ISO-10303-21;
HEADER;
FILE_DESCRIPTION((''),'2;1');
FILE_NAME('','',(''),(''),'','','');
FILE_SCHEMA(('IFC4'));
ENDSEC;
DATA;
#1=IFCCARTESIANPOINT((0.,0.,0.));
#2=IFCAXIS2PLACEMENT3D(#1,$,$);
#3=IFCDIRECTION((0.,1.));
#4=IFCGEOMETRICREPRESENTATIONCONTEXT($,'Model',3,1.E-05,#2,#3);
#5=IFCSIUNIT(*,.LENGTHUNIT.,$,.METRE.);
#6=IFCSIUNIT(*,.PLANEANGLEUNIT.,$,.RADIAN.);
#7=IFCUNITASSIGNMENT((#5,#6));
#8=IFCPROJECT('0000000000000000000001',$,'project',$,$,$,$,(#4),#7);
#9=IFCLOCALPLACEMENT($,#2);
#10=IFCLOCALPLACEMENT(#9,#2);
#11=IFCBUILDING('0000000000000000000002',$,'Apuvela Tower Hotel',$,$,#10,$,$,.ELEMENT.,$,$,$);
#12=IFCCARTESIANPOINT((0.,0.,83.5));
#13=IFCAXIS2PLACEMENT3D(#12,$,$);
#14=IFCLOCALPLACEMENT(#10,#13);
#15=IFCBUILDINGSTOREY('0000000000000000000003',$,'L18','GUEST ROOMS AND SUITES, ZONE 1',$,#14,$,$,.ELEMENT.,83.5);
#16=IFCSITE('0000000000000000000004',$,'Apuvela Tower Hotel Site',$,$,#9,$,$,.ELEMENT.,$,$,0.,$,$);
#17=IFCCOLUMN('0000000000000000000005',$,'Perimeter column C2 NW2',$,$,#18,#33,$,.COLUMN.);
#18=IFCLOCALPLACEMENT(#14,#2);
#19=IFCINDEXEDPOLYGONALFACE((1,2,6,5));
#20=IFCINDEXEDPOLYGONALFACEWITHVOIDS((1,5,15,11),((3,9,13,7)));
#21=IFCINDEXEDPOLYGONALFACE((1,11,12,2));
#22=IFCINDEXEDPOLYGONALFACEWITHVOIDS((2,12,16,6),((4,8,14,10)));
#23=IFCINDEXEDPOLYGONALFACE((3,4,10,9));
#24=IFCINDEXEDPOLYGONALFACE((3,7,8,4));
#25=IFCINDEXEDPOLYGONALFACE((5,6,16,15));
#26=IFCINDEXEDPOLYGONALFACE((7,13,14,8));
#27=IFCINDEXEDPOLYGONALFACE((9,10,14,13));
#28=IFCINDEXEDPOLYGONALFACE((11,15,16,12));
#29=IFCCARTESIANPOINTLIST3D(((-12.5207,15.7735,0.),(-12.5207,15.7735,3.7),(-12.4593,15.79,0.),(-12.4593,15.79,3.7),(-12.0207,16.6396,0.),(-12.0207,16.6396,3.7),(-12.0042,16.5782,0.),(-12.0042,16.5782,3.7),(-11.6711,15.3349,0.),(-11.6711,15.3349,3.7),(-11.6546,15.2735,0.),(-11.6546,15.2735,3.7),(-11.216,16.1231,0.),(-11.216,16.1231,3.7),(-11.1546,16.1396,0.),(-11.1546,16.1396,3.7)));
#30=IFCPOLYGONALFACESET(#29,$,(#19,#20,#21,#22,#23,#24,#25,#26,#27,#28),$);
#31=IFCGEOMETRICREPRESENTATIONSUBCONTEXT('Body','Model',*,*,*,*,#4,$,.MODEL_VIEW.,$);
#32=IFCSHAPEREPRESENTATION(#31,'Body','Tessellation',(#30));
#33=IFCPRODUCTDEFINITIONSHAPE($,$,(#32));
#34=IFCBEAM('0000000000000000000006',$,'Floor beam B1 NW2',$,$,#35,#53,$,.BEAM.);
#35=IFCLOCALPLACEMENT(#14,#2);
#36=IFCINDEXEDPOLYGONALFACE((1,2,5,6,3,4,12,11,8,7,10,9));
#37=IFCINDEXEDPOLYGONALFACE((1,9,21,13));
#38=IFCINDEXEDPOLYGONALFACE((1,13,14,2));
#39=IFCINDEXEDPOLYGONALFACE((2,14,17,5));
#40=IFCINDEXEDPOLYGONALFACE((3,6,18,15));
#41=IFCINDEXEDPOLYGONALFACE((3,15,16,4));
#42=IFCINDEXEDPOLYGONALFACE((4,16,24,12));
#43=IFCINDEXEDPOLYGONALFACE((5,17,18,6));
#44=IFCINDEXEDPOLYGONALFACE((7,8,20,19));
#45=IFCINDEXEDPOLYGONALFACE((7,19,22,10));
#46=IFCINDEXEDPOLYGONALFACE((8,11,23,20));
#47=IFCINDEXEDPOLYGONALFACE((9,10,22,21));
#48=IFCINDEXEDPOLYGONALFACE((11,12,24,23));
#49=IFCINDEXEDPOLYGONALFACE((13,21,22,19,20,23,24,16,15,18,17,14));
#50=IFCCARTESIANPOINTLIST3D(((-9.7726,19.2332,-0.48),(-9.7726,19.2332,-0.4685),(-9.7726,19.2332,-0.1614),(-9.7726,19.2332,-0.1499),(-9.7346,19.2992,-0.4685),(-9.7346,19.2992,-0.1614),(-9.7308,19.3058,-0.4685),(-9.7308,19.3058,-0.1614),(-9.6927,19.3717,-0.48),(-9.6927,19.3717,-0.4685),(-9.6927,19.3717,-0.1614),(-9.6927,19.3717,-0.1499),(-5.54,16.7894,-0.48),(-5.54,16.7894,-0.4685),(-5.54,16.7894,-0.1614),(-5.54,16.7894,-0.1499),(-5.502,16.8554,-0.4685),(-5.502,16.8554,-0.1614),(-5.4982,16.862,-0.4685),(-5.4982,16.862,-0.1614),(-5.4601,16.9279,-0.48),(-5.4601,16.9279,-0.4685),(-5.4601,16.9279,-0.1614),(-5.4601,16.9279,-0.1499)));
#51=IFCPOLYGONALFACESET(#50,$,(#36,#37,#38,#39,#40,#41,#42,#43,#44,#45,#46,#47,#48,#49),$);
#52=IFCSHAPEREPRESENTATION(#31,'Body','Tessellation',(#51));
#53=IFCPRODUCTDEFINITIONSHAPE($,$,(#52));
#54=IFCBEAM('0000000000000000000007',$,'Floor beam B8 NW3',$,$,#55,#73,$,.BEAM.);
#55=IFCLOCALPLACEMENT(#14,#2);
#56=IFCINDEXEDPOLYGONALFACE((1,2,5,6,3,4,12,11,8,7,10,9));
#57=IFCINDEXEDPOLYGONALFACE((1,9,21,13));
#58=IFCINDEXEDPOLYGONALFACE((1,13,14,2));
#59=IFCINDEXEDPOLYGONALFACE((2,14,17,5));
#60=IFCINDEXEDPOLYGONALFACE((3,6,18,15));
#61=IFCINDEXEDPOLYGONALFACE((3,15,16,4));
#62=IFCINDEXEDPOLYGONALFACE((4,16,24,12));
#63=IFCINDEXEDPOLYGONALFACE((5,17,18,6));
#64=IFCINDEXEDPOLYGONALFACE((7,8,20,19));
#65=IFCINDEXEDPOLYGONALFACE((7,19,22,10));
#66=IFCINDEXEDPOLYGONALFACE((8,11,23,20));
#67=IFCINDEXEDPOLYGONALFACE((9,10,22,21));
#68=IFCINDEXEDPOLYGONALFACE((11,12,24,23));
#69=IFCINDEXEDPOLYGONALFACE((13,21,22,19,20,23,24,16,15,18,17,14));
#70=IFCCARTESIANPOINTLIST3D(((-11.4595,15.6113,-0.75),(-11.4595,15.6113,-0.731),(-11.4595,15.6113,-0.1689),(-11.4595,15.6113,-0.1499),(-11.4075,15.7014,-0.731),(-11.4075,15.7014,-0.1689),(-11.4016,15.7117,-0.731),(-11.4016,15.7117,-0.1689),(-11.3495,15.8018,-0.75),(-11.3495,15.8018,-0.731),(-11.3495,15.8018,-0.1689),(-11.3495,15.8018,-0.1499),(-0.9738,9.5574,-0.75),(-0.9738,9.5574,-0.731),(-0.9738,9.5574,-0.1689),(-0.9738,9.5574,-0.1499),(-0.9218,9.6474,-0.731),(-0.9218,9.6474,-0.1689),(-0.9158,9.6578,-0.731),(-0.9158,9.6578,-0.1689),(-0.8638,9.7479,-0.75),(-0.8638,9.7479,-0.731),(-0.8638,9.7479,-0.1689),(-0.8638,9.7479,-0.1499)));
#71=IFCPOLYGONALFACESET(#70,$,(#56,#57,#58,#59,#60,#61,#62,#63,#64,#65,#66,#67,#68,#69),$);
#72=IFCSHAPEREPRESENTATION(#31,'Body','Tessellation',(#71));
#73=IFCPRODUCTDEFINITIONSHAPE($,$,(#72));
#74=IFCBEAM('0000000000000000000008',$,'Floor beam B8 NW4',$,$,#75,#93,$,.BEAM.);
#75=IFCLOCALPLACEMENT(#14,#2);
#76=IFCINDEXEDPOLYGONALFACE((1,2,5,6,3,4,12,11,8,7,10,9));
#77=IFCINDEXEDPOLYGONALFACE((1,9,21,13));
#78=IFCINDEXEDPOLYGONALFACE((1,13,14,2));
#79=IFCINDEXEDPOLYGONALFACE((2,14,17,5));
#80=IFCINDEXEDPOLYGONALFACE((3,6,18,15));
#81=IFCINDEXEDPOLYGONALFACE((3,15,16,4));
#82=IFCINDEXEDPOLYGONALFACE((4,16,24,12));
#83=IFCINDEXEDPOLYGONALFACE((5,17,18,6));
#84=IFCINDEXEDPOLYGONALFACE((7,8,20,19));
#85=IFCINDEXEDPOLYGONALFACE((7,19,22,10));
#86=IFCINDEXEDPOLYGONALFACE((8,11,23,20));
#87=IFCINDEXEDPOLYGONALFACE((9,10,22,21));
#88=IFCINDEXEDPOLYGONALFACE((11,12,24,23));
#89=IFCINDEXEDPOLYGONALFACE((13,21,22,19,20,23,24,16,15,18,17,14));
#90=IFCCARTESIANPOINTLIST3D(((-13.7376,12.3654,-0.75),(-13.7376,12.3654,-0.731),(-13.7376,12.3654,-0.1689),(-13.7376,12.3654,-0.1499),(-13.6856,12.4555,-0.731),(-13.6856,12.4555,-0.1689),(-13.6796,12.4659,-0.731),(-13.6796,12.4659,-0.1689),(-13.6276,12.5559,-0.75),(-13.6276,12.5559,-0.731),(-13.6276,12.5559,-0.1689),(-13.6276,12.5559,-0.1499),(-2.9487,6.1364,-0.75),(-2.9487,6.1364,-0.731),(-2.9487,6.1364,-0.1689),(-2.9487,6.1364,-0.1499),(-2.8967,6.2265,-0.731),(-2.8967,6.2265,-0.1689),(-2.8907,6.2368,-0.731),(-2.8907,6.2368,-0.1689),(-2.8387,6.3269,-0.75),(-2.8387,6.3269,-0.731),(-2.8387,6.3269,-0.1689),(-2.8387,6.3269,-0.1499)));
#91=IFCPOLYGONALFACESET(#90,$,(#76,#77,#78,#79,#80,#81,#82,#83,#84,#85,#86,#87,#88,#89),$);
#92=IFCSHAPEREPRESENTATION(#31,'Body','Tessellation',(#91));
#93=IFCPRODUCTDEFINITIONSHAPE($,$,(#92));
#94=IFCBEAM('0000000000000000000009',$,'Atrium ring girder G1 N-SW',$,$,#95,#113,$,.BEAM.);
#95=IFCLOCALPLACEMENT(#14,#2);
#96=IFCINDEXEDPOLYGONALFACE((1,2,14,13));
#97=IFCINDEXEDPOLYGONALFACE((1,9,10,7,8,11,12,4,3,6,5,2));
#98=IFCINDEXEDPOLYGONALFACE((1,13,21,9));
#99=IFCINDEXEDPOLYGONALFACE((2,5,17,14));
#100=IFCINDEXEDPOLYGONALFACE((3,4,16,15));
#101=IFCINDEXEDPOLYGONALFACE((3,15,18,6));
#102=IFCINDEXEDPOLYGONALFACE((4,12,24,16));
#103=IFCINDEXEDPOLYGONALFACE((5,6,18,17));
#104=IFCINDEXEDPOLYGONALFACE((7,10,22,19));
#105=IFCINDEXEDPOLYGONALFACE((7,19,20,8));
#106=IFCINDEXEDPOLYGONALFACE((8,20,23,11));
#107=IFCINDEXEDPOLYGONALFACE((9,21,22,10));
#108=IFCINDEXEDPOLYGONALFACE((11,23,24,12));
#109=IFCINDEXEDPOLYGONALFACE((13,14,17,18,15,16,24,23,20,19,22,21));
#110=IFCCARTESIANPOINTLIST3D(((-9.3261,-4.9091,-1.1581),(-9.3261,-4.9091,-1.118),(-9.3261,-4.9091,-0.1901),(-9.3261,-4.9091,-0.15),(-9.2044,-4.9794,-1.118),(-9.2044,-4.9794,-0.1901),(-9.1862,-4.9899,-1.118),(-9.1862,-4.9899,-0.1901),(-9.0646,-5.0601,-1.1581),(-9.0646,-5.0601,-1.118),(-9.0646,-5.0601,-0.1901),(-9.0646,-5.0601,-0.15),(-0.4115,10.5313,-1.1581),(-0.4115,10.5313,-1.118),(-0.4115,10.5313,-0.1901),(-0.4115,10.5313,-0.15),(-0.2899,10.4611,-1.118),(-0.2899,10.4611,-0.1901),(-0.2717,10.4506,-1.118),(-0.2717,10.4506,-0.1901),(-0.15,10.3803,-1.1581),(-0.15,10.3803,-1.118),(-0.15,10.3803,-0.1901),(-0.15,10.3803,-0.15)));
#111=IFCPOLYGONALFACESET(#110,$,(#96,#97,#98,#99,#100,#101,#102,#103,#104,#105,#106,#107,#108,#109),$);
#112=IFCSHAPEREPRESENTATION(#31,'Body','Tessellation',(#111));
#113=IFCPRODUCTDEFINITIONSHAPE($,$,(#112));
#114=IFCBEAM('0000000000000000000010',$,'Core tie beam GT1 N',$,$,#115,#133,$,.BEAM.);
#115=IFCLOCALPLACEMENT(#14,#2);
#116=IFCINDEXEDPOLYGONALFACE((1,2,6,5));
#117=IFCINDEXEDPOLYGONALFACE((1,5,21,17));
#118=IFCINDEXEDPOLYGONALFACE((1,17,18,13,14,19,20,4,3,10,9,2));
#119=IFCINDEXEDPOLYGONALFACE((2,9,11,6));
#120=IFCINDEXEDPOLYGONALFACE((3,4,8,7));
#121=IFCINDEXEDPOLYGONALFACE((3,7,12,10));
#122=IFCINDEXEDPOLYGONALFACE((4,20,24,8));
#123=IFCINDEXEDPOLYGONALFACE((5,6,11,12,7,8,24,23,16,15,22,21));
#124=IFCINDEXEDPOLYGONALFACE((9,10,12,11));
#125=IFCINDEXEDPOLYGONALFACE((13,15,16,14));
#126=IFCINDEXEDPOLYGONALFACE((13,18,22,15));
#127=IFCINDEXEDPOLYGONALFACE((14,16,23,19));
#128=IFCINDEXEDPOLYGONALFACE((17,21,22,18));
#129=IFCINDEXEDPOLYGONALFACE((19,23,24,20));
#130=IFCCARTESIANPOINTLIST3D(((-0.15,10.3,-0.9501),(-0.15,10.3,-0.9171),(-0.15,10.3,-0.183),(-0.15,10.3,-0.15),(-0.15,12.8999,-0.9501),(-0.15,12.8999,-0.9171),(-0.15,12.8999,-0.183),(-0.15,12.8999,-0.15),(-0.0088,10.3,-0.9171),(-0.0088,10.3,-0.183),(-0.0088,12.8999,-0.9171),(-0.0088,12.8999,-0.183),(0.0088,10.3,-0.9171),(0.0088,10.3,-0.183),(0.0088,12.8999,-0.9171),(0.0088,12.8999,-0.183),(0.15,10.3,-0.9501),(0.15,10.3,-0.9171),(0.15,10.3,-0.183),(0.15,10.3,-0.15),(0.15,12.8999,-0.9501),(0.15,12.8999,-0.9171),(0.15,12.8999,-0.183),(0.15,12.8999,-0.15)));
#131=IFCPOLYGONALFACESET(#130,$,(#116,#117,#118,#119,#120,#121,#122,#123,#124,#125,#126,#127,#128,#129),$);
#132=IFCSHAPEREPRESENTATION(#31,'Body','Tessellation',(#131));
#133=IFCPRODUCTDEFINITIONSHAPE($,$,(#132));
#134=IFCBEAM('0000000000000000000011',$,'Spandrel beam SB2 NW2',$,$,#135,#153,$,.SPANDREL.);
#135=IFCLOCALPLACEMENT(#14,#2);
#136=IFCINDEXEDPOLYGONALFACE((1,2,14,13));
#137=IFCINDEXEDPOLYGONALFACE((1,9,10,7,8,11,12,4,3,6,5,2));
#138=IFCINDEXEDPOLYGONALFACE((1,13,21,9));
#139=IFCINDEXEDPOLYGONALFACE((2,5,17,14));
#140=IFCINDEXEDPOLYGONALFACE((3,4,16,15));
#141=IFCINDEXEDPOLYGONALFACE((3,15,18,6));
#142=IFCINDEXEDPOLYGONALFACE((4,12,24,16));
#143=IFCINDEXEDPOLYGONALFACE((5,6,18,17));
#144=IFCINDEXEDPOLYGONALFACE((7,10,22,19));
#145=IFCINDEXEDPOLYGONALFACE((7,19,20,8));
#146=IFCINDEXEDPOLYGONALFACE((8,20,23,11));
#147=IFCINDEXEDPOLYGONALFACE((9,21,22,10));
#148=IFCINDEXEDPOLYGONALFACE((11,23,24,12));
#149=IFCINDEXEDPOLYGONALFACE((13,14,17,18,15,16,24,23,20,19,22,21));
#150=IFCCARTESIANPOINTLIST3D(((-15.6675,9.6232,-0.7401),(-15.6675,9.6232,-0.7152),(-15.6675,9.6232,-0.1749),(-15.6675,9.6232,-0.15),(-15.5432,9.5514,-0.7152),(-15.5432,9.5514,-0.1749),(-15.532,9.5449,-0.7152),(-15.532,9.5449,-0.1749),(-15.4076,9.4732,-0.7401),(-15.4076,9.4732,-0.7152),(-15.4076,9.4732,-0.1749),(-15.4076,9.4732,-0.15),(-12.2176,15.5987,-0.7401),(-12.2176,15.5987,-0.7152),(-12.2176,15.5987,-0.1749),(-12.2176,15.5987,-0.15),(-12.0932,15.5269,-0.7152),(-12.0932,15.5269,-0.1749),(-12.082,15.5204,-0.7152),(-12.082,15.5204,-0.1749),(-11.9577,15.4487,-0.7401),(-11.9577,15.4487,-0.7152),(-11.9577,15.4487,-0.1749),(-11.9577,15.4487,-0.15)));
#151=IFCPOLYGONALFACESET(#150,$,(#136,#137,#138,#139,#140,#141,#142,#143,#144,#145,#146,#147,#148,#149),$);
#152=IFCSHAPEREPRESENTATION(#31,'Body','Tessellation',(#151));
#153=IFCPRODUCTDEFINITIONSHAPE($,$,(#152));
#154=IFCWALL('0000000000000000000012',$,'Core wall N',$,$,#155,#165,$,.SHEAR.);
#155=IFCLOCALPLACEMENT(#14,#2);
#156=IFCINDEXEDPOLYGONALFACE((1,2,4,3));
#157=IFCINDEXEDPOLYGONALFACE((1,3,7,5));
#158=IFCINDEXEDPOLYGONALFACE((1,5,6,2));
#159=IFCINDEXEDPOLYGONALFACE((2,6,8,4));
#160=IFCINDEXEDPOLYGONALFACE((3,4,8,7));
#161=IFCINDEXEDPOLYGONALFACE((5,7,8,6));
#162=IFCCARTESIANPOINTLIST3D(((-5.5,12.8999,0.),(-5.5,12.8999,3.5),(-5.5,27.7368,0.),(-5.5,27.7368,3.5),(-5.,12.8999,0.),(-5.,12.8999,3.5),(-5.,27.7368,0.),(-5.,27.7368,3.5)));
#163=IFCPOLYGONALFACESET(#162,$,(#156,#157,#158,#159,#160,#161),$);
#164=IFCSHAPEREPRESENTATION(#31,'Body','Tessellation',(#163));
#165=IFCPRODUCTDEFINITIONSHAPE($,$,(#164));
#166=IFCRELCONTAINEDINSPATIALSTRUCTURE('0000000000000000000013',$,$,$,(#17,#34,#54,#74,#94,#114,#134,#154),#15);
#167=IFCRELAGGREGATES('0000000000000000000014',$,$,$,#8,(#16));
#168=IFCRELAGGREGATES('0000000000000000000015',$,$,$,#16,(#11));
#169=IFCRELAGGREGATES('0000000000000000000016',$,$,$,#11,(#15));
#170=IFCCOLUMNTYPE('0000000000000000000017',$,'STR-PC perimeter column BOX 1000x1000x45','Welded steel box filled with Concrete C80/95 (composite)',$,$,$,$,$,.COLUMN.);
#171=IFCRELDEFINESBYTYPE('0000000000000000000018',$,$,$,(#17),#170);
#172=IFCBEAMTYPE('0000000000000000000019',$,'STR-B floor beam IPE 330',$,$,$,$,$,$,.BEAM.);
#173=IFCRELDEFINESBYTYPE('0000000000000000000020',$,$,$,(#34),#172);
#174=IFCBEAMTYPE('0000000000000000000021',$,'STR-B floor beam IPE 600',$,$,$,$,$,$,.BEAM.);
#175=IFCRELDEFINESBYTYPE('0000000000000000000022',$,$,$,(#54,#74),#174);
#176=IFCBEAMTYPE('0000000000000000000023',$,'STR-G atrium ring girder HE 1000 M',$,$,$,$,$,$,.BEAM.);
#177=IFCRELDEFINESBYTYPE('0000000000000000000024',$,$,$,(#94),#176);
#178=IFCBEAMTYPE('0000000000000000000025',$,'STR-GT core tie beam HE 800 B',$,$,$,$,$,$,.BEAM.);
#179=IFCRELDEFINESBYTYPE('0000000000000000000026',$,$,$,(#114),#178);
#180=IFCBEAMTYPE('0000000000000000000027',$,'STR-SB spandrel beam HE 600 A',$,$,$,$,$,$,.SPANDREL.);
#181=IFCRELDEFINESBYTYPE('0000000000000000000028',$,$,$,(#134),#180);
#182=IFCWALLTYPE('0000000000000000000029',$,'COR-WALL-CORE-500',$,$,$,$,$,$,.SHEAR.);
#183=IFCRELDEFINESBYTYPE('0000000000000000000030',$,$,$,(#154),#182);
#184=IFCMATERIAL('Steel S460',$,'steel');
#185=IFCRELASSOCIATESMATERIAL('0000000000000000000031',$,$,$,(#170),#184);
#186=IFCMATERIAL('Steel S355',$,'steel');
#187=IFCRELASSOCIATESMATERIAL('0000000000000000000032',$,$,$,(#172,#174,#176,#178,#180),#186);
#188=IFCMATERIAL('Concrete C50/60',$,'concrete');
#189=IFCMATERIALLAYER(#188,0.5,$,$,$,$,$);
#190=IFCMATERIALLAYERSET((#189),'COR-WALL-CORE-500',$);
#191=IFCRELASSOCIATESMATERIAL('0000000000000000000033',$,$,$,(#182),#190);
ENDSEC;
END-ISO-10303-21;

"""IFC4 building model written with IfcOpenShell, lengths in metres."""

from ifc_helpers import new_model, si_unit, direction, frame, frame_2d, origin, origin_2d, place, context, subcontext, project, spatial, rectangle, hollow_rectangle, i_section, extrude, material, layer, layer_set, material_profile, profile_set, type_object, element, save


model = new_model("IFC4")

# Units and contexts
model_context = context("Model", 3, precision=1e-05, world=origin(), true_north=direction((0.0, 1.0)))
body_context = subcontext(model_context, "Body", "Model", "MODEL_VIEW")
ifc_project = project(units=[si_unit("LENGTHUNIT", "METRE"), si_unit("PLANEANGLEUNIT", "RADIAN")], contexts=[model_context])

# Site, building, storey
site_placement = place(None, origin())
site = spatial("IfcSite", under=ifc_project, at=site_placement, Name="Apuvela Tower Hotel Site", CompositionType="ELEMENT", RefElevation=0.0)
building_placement = place(site_placement, origin())
building = spatial("IfcBuilding", under=site, at=building_placement, Name="Apuvela Tower Hotel", CompositionType="ELEMENT")
storey_placement = place(building_placement, frame((0.0, 0.0, 83.5)))
storey = spatial("IfcBuildingStorey", under=building, at=storey_placement, Name="L18", Description="GUEST ROOMS AND SUITES, ZONE 1", CompositionType="ELEMENT", Elevation=83.5)

# Column
ifc_material_1 = material(Name="Steel S460", Category="steel")
ifc_material_profile_1 = material_profile(ifc_material_1, hollow_rectangle(XDim=1.0, YDim=1.0, WallThickness=0.0449, at=origin_2d()), Name="BOX 1000x1000x45")
ifc_material_2 = material(Name="Concrete C80/95", Category="concrete")
ifc_material_profile_2 = material_profile(ifc_material_2, rectangle(XDim=0.9099, YDim=0.9099, at=origin_2d()), Name="Concrete C80/95 infill")
ifc_profile_set_1 = profile_set([ifc_material_profile_1, ifc_material_profile_2], Name="Steel S460")
column_type = type_object("IfcColumnType", Name="STR-PC perimeter column BOX 1000x1000x45", Description="Welded steel box filled with Concrete C80/95 (composite)", PredefinedType="COLUMN", material=ifc_profile_set_1)
column_placement = place(storey_placement, frame((-11.8376, 15.9565, 0.0), z_axis=(0.0, 0.0, 1.0), x_axis=(0.5, 0.866025, 0.0)))
element("IfcColumn", 1, at=column_placement, inside=storey, type_object=column_type, Name="Perimeter column C2 NW2", PredefinedType="COLUMN", context=body_context, shape_type="SweptSolid", body=[
    extrude(hollow_rectangle(XDim=1.0, YDim=1.0, WallThickness=0.0449, at=origin_2d()), origin(), (0.0, 0.0, 1.0), 3.7),
])

# Beams
ifc_material_3 = material(Name="Steel S355", Category="steel")
ifc_material_profile_3 = material_profile(ifc_material_3, i_section(OverallWidth=0.1599, OverallDepth=0.3301, WebThickness=0.0076, FlangeThickness=0.0115, at=origin_2d()), Name="IPE 330")
ifc_profile_set_2 = profile_set([ifc_material_profile_3], Name="Steel S355")
beam_type_1 = type_object("IfcBeamType", Name="STR-B floor beam IPE 330", PredefinedType="BEAM", material=ifc_profile_set_2)
beam_1_placement = place(storey_placement, frame((-9.7327, 19.3025, -0.3149), z_axis=(0.866015, -0.500018, 0.0), x_axis=(0.500018, 0.866015, 0.0)))
element("IfcBeam", 2, at=beam_1_placement, inside=storey, type_object=beam_type_1, Name="Floor beam B1 NW2", PredefinedType="BEAM", context=body_context, shape_type="SweptSolid", body=[
    extrude(i_section(OverallWidth=0.1599, OverallDepth=0.3301, WebThickness=0.0076, FlangeThickness=0.0115, at=origin_2d()), origin(), (0.0, 0.0, 1.0), 4.8875),
])
ifc_material_profile_4 = material_profile(ifc_material_3, i_section(OverallWidth=0.22, OverallDepth=0.6001, WebThickness=0.012, FlangeThickness=0.019, at=origin_2d()), Name="IPE 600")
ifc_profile_set_3 = profile_set([ifc_material_profile_4], Name="Steel S355")
beam_type_2 = type_object("IfcBeamType", Name="STR-B floor beam IPE 600", PredefinedType="BEAM", material=ifc_profile_set_3)
beam_2_placement = place(storey_placement, frame((-11.4045, 15.7065, -0.45), z_axis=(0.866027, -0.499997, 0.0), x_axis=(0.499997, 0.866027, 0.0)))
element("IfcBeam", 3, at=beam_2_placement, inside=storey, type_object=beam_type_2, Name="Floor beam B8 NW3", PredefinedType="BEAM", context=body_context, shape_type="SweptSolid", body=[
    extrude(i_section(OverallWidth=0.22, OverallDepth=0.6001, WebThickness=0.012, FlangeThickness=0.019, at=origin_2d()), origin(), (0.0, 0.0, 1.0), 12.1079),
])
beam_3_placement = place(storey_placement, frame((-13.6826, 12.4607, -0.45), z_axis=(0.866023, -0.500005, 0.0), x_axis=(0.500005, 0.866023, 0.0)))
element("IfcBeam", 4, at=beam_3_placement, inside=storey, type_object=beam_type_2, Name="Floor beam B8 NW4", PredefinedType="BEAM", context=body_context, shape_type="SweptSolid", body=[
    extrude(i_section(OverallWidth=0.22, OverallDepth=0.6001, WebThickness=0.012, FlangeThickness=0.019, at=origin_2d()), origin(), (0.0, 0.0, 1.0), 12.458),
])
ifc_material_profile_5 = material_profile(ifc_material_3, i_section(OverallWidth=0.302, OverallDepth=1.0081, WebThickness=0.021, FlangeThickness=0.04, at=origin_2d()), Name="HE 1000 M")
ifc_profile_set_4 = profile_set([ifc_material_profile_5], Name="Steel S355")
beam_type_3 = type_object("IfcBeamType", Name="STR-G atrium ring girder HE 1000 M", PredefinedType="BEAM", material=ifc_profile_set_4)
beam_4_placement = place(storey_placement, frame((-0.2808, 10.4558, -0.6541), z_axis=(-0.500001, -0.866025, 0.0), x_axis=(0.866025, -0.500001, 0.0)))
element("IfcBeam", 5, at=beam_4_placement, inside=storey, type_object=beam_type_3, Name="Atrium ring girder G1 N-SW", PredefinedType="BEAM", context=body_context, shape_type="SweptSolid", body=[
    extrude(i_section(OverallWidth=0.302, OverallDepth=1.0081, WebThickness=0.021, FlangeThickness=0.04, at=origin_2d()), origin(), (0.0, 0.0, 1.0), 17.8291),
])
ifc_material_profile_6 = material_profile(ifc_material_3, i_section(OverallWidth=0.3, OverallDepth=0.8, WebThickness=0.0176, FlangeThickness=0.033, at=origin_2d()), Name="HE 800 B")
ifc_profile_set_5 = profile_set([ifc_material_profile_6], Name="Steel S355")
beam_type_4 = type_object("IfcBeamType", Name="STR-GT core tie beam HE 800 B", PredefinedType="BEAM", material=ifc_profile_set_5)
beam_5_placement = place(storey_placement, frame((0.0, 12.8999, -0.55), z_axis=(0.0, -1.0, 0.0), x_axis=(1.0, 0.0, 0.0)))
element("IfcBeam", 6, at=beam_5_placement, inside=storey, type_object=beam_type_4, Name="Core tie beam GT1 N", PredefinedType="BEAM", context=body_context, shape_type="SweptSolid", body=[
    extrude(i_section(OverallWidth=0.3, OverallDepth=0.8, WebThickness=0.0176, FlangeThickness=0.033, at=origin_2d()), origin(), (0.0, 0.0, 1.0), 2.5999),
])
ifc_material_profile_7 = material_profile(ifc_material_3, i_section(OverallWidth=0.3, OverallDepth=0.5901, WebThickness=0.0129, FlangeThickness=0.0249, at=origin_2d()), Name="HE 600 A")
ifc_profile_set_6 = profile_set([ifc_material_profile_7], Name="Steel S355")
beam_type_5 = type_object("IfcBeamType", Name="STR-SB spandrel beam HE 600 A", PredefinedType="SPANDREL", material=ifc_profile_set_6)
beam_6_placement = place(storey_placement, frame((-12.0876, 15.5237, -0.4451), z_axis=(-0.499994, -0.866029, 0.0), x_axis=(0.866029, -0.499994, 0.0)))
element("IfcBeam", 7, at=beam_6_placement, inside=storey, type_object=beam_type_5, Name="Spandrel beam SB2 NW2", PredefinedType="SPANDREL", context=body_context, shape_type="SweptSolid", body=[
    extrude(i_section(OverallWidth=0.3, OverallDepth=0.5901, WebThickness=0.0129, FlangeThickness=0.0249, at=origin_2d()), origin(), (0.0, 0.0, 1.0), 6.8999),
])

# Wall
ifc_material_4 = material(Name="Concrete C50/60", Category="concrete")
ifc_layer_1 = layer(ifc_material_4, 0.5)
ifc_layer_set_1 = layer_set([ifc_layer_1], Name="COR-WALL-CORE-500")
wall_type_1 = type_object("IfcWallType", Name="COR-WALL-CORE-500", PredefinedType="SHEAR", material=ifc_layer_set_1)
wall_1_placement = place(storey_placement, frame((-5.25, 12.8999, 0.0), z_axis=(0.0, 0.0, 1.0), x_axis=(0.0, 1.0, 0.0)))
element("IfcWall", 8, at=wall_1_placement, inside=storey, type_object=wall_type_1, Name="Core wall N", PredefinedType="SHEAR", context=body_context, shape_type="SweptSolid", body=[
    extrude(rectangle(XDim=14.8369, YDim=0.5, at=frame_2d((7.4185, 0.0))), origin(), (0.0, 0.0, 1.0), 3.5),
])

save(model, "model.ifc")
